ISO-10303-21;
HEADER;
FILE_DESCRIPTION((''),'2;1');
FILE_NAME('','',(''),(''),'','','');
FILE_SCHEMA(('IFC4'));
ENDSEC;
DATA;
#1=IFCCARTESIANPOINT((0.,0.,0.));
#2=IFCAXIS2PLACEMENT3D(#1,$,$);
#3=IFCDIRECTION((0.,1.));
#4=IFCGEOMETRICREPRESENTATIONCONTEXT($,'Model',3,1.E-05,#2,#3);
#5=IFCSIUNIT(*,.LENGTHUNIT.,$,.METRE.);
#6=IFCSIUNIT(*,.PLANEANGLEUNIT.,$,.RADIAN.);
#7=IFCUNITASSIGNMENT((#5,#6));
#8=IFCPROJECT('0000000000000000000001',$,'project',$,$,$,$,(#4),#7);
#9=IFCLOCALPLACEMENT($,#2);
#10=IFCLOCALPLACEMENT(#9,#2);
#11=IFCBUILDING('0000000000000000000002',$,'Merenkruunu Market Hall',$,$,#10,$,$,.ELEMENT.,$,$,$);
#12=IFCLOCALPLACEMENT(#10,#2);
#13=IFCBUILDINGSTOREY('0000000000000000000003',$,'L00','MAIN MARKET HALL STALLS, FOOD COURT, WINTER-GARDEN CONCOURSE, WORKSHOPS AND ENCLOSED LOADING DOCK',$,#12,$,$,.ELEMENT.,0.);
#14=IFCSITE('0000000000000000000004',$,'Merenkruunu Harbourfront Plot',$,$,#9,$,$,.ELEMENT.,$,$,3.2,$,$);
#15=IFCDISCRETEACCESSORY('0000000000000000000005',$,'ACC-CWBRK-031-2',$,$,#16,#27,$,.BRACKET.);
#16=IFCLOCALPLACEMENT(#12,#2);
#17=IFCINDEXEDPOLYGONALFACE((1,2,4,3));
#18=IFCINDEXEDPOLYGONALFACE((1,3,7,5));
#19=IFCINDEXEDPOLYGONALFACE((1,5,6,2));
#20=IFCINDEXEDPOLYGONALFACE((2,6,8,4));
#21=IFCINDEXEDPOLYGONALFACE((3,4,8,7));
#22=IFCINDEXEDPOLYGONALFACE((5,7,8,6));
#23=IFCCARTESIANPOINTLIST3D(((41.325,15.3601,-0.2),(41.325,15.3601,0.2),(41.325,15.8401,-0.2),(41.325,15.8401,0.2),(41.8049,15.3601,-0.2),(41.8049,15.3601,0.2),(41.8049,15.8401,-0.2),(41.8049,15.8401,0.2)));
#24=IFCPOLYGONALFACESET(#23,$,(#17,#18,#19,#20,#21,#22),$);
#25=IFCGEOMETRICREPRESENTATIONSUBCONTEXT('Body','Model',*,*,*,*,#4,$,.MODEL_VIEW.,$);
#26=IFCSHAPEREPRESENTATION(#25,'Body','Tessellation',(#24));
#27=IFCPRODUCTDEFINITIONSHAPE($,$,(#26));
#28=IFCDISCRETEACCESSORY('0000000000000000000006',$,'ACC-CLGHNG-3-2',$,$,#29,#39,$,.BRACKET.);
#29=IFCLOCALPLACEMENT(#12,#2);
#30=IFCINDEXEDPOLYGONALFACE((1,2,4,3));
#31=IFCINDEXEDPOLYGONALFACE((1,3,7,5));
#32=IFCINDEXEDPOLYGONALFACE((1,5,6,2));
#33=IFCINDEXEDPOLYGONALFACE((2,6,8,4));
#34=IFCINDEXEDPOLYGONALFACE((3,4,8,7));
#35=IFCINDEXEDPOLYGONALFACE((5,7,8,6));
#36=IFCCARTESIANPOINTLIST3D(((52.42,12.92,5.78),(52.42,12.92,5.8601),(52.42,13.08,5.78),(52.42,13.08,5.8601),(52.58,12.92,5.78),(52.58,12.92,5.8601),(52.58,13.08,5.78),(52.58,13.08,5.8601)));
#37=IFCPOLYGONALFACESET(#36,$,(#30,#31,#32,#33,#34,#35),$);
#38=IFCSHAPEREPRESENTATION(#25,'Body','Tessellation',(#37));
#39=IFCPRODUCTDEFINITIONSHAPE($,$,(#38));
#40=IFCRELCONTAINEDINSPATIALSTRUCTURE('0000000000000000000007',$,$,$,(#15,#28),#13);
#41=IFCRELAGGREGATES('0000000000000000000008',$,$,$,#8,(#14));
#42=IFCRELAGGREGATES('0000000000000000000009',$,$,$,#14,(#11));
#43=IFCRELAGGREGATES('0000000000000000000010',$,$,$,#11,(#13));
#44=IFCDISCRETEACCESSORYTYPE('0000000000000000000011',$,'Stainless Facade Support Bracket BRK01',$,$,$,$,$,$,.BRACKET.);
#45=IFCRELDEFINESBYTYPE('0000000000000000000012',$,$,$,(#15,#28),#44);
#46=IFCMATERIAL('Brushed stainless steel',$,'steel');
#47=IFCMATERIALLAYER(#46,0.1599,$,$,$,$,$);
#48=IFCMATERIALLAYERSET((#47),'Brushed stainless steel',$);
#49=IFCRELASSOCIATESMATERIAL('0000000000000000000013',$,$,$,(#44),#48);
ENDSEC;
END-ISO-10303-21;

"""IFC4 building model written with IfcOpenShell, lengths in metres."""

from ifc_helpers import new_model, si_unit, direction, frame, origin, origin_2d, place, context, subcontext, project, spatial, rectangle, extrude, material, layer, layer_set, type_object, element, save


model = new_model("IFC4")

# Units and contexts
model_context = context("Model", 3, precision=1e-05, world=origin(), true_north=direction((0.0, 1.0)))
body_context = subcontext(model_context, "Body", "Model", "MODEL_VIEW")
ifc_project = project(units=[si_unit("LENGTHUNIT", "METRE"), si_unit("PLANEANGLEUNIT", "RADIAN")], contexts=[model_context])

# Site, building, storey
site_placement = place(None, origin())
site = spatial("IfcSite", under=ifc_project, at=site_placement, Name="Merenkruunu Harbourfront Plot", CompositionType="ELEMENT", RefElevation=3.2)
building_placement = place(site_placement, origin())
building = spatial("IfcBuilding", under=site, at=building_placement, Name="Merenkruunu Market Hall", CompositionType="ELEMENT")
storey_placement = place(building_placement, origin())
storey = spatial("IfcBuildingStorey", under=building, at=storey_placement, Name="L00", Description="MAIN MARKET HALL STALLS, FOOD COURT, WINTER-GARDEN CONCOURSE, WORKSHOPS AND ENCLOSED LOADING DOCK", CompositionType="ELEMENT", Elevation=0.0)

# Shared definitions
ifc_material_1 = material(Name="Brushed stainless steel", Category="steel")

# Discrete accessories
ifc_layer_1 = layer(ifc_material_1, 0.1599)
ifc_layer_set_1 = layer_set([ifc_layer_1], Name="Brushed stainless steel")
discrete_accessory_type = type_object("IfcDiscreteAccessoryType", Name="Stainless Facade Support Bracket BRK01", PredefinedType="BRACKET", material=ifc_layer_set_1)
for number, where, z_axis, x_axis, name in (
    (1, (41.5649, 15.6001, -0.2), (0.0, 0.0, 1.0), (1.0, 0.0, 0.0), "ACC-CWBRK-031-2"),
):
    element("IfcDiscreteAccessory", number, at=place(storey_placement, frame(where, z_axis=z_axis, x_axis=x_axis)), inside=storey, type_object=discrete_accessory_type, Name=name, PredefinedType="BRACKET", context=body_context, shape_type="SweptSolid", body=[
        extrude(rectangle(XDim=0.48, YDim=0.48, at=origin_2d()), origin(), (0.0, 0.0, 1.0), 0.3999),
    ])
discrete_accessory_placement = place(storey_placement, frame((52.5, 13.0, 5.78), z_axis=(0.0, 0.0, 1.0), x_axis=(1.0, 0.0, 0.0)))
element("IfcDiscreteAccessory", 2, at=discrete_accessory_placement, inside=storey, type_object=discrete_accessory_type, Name="ACC-CLGHNG-3-2", PredefinedType="BRACKET", context=body_context, shape_type="SweptSolid", body=[
    extrude(rectangle(XDim=0.1599, YDim=0.1599, at=origin_2d()), origin(), (0.0, 0.0, 1.0), 0.0801),
])

save(model, "model.ifc")
